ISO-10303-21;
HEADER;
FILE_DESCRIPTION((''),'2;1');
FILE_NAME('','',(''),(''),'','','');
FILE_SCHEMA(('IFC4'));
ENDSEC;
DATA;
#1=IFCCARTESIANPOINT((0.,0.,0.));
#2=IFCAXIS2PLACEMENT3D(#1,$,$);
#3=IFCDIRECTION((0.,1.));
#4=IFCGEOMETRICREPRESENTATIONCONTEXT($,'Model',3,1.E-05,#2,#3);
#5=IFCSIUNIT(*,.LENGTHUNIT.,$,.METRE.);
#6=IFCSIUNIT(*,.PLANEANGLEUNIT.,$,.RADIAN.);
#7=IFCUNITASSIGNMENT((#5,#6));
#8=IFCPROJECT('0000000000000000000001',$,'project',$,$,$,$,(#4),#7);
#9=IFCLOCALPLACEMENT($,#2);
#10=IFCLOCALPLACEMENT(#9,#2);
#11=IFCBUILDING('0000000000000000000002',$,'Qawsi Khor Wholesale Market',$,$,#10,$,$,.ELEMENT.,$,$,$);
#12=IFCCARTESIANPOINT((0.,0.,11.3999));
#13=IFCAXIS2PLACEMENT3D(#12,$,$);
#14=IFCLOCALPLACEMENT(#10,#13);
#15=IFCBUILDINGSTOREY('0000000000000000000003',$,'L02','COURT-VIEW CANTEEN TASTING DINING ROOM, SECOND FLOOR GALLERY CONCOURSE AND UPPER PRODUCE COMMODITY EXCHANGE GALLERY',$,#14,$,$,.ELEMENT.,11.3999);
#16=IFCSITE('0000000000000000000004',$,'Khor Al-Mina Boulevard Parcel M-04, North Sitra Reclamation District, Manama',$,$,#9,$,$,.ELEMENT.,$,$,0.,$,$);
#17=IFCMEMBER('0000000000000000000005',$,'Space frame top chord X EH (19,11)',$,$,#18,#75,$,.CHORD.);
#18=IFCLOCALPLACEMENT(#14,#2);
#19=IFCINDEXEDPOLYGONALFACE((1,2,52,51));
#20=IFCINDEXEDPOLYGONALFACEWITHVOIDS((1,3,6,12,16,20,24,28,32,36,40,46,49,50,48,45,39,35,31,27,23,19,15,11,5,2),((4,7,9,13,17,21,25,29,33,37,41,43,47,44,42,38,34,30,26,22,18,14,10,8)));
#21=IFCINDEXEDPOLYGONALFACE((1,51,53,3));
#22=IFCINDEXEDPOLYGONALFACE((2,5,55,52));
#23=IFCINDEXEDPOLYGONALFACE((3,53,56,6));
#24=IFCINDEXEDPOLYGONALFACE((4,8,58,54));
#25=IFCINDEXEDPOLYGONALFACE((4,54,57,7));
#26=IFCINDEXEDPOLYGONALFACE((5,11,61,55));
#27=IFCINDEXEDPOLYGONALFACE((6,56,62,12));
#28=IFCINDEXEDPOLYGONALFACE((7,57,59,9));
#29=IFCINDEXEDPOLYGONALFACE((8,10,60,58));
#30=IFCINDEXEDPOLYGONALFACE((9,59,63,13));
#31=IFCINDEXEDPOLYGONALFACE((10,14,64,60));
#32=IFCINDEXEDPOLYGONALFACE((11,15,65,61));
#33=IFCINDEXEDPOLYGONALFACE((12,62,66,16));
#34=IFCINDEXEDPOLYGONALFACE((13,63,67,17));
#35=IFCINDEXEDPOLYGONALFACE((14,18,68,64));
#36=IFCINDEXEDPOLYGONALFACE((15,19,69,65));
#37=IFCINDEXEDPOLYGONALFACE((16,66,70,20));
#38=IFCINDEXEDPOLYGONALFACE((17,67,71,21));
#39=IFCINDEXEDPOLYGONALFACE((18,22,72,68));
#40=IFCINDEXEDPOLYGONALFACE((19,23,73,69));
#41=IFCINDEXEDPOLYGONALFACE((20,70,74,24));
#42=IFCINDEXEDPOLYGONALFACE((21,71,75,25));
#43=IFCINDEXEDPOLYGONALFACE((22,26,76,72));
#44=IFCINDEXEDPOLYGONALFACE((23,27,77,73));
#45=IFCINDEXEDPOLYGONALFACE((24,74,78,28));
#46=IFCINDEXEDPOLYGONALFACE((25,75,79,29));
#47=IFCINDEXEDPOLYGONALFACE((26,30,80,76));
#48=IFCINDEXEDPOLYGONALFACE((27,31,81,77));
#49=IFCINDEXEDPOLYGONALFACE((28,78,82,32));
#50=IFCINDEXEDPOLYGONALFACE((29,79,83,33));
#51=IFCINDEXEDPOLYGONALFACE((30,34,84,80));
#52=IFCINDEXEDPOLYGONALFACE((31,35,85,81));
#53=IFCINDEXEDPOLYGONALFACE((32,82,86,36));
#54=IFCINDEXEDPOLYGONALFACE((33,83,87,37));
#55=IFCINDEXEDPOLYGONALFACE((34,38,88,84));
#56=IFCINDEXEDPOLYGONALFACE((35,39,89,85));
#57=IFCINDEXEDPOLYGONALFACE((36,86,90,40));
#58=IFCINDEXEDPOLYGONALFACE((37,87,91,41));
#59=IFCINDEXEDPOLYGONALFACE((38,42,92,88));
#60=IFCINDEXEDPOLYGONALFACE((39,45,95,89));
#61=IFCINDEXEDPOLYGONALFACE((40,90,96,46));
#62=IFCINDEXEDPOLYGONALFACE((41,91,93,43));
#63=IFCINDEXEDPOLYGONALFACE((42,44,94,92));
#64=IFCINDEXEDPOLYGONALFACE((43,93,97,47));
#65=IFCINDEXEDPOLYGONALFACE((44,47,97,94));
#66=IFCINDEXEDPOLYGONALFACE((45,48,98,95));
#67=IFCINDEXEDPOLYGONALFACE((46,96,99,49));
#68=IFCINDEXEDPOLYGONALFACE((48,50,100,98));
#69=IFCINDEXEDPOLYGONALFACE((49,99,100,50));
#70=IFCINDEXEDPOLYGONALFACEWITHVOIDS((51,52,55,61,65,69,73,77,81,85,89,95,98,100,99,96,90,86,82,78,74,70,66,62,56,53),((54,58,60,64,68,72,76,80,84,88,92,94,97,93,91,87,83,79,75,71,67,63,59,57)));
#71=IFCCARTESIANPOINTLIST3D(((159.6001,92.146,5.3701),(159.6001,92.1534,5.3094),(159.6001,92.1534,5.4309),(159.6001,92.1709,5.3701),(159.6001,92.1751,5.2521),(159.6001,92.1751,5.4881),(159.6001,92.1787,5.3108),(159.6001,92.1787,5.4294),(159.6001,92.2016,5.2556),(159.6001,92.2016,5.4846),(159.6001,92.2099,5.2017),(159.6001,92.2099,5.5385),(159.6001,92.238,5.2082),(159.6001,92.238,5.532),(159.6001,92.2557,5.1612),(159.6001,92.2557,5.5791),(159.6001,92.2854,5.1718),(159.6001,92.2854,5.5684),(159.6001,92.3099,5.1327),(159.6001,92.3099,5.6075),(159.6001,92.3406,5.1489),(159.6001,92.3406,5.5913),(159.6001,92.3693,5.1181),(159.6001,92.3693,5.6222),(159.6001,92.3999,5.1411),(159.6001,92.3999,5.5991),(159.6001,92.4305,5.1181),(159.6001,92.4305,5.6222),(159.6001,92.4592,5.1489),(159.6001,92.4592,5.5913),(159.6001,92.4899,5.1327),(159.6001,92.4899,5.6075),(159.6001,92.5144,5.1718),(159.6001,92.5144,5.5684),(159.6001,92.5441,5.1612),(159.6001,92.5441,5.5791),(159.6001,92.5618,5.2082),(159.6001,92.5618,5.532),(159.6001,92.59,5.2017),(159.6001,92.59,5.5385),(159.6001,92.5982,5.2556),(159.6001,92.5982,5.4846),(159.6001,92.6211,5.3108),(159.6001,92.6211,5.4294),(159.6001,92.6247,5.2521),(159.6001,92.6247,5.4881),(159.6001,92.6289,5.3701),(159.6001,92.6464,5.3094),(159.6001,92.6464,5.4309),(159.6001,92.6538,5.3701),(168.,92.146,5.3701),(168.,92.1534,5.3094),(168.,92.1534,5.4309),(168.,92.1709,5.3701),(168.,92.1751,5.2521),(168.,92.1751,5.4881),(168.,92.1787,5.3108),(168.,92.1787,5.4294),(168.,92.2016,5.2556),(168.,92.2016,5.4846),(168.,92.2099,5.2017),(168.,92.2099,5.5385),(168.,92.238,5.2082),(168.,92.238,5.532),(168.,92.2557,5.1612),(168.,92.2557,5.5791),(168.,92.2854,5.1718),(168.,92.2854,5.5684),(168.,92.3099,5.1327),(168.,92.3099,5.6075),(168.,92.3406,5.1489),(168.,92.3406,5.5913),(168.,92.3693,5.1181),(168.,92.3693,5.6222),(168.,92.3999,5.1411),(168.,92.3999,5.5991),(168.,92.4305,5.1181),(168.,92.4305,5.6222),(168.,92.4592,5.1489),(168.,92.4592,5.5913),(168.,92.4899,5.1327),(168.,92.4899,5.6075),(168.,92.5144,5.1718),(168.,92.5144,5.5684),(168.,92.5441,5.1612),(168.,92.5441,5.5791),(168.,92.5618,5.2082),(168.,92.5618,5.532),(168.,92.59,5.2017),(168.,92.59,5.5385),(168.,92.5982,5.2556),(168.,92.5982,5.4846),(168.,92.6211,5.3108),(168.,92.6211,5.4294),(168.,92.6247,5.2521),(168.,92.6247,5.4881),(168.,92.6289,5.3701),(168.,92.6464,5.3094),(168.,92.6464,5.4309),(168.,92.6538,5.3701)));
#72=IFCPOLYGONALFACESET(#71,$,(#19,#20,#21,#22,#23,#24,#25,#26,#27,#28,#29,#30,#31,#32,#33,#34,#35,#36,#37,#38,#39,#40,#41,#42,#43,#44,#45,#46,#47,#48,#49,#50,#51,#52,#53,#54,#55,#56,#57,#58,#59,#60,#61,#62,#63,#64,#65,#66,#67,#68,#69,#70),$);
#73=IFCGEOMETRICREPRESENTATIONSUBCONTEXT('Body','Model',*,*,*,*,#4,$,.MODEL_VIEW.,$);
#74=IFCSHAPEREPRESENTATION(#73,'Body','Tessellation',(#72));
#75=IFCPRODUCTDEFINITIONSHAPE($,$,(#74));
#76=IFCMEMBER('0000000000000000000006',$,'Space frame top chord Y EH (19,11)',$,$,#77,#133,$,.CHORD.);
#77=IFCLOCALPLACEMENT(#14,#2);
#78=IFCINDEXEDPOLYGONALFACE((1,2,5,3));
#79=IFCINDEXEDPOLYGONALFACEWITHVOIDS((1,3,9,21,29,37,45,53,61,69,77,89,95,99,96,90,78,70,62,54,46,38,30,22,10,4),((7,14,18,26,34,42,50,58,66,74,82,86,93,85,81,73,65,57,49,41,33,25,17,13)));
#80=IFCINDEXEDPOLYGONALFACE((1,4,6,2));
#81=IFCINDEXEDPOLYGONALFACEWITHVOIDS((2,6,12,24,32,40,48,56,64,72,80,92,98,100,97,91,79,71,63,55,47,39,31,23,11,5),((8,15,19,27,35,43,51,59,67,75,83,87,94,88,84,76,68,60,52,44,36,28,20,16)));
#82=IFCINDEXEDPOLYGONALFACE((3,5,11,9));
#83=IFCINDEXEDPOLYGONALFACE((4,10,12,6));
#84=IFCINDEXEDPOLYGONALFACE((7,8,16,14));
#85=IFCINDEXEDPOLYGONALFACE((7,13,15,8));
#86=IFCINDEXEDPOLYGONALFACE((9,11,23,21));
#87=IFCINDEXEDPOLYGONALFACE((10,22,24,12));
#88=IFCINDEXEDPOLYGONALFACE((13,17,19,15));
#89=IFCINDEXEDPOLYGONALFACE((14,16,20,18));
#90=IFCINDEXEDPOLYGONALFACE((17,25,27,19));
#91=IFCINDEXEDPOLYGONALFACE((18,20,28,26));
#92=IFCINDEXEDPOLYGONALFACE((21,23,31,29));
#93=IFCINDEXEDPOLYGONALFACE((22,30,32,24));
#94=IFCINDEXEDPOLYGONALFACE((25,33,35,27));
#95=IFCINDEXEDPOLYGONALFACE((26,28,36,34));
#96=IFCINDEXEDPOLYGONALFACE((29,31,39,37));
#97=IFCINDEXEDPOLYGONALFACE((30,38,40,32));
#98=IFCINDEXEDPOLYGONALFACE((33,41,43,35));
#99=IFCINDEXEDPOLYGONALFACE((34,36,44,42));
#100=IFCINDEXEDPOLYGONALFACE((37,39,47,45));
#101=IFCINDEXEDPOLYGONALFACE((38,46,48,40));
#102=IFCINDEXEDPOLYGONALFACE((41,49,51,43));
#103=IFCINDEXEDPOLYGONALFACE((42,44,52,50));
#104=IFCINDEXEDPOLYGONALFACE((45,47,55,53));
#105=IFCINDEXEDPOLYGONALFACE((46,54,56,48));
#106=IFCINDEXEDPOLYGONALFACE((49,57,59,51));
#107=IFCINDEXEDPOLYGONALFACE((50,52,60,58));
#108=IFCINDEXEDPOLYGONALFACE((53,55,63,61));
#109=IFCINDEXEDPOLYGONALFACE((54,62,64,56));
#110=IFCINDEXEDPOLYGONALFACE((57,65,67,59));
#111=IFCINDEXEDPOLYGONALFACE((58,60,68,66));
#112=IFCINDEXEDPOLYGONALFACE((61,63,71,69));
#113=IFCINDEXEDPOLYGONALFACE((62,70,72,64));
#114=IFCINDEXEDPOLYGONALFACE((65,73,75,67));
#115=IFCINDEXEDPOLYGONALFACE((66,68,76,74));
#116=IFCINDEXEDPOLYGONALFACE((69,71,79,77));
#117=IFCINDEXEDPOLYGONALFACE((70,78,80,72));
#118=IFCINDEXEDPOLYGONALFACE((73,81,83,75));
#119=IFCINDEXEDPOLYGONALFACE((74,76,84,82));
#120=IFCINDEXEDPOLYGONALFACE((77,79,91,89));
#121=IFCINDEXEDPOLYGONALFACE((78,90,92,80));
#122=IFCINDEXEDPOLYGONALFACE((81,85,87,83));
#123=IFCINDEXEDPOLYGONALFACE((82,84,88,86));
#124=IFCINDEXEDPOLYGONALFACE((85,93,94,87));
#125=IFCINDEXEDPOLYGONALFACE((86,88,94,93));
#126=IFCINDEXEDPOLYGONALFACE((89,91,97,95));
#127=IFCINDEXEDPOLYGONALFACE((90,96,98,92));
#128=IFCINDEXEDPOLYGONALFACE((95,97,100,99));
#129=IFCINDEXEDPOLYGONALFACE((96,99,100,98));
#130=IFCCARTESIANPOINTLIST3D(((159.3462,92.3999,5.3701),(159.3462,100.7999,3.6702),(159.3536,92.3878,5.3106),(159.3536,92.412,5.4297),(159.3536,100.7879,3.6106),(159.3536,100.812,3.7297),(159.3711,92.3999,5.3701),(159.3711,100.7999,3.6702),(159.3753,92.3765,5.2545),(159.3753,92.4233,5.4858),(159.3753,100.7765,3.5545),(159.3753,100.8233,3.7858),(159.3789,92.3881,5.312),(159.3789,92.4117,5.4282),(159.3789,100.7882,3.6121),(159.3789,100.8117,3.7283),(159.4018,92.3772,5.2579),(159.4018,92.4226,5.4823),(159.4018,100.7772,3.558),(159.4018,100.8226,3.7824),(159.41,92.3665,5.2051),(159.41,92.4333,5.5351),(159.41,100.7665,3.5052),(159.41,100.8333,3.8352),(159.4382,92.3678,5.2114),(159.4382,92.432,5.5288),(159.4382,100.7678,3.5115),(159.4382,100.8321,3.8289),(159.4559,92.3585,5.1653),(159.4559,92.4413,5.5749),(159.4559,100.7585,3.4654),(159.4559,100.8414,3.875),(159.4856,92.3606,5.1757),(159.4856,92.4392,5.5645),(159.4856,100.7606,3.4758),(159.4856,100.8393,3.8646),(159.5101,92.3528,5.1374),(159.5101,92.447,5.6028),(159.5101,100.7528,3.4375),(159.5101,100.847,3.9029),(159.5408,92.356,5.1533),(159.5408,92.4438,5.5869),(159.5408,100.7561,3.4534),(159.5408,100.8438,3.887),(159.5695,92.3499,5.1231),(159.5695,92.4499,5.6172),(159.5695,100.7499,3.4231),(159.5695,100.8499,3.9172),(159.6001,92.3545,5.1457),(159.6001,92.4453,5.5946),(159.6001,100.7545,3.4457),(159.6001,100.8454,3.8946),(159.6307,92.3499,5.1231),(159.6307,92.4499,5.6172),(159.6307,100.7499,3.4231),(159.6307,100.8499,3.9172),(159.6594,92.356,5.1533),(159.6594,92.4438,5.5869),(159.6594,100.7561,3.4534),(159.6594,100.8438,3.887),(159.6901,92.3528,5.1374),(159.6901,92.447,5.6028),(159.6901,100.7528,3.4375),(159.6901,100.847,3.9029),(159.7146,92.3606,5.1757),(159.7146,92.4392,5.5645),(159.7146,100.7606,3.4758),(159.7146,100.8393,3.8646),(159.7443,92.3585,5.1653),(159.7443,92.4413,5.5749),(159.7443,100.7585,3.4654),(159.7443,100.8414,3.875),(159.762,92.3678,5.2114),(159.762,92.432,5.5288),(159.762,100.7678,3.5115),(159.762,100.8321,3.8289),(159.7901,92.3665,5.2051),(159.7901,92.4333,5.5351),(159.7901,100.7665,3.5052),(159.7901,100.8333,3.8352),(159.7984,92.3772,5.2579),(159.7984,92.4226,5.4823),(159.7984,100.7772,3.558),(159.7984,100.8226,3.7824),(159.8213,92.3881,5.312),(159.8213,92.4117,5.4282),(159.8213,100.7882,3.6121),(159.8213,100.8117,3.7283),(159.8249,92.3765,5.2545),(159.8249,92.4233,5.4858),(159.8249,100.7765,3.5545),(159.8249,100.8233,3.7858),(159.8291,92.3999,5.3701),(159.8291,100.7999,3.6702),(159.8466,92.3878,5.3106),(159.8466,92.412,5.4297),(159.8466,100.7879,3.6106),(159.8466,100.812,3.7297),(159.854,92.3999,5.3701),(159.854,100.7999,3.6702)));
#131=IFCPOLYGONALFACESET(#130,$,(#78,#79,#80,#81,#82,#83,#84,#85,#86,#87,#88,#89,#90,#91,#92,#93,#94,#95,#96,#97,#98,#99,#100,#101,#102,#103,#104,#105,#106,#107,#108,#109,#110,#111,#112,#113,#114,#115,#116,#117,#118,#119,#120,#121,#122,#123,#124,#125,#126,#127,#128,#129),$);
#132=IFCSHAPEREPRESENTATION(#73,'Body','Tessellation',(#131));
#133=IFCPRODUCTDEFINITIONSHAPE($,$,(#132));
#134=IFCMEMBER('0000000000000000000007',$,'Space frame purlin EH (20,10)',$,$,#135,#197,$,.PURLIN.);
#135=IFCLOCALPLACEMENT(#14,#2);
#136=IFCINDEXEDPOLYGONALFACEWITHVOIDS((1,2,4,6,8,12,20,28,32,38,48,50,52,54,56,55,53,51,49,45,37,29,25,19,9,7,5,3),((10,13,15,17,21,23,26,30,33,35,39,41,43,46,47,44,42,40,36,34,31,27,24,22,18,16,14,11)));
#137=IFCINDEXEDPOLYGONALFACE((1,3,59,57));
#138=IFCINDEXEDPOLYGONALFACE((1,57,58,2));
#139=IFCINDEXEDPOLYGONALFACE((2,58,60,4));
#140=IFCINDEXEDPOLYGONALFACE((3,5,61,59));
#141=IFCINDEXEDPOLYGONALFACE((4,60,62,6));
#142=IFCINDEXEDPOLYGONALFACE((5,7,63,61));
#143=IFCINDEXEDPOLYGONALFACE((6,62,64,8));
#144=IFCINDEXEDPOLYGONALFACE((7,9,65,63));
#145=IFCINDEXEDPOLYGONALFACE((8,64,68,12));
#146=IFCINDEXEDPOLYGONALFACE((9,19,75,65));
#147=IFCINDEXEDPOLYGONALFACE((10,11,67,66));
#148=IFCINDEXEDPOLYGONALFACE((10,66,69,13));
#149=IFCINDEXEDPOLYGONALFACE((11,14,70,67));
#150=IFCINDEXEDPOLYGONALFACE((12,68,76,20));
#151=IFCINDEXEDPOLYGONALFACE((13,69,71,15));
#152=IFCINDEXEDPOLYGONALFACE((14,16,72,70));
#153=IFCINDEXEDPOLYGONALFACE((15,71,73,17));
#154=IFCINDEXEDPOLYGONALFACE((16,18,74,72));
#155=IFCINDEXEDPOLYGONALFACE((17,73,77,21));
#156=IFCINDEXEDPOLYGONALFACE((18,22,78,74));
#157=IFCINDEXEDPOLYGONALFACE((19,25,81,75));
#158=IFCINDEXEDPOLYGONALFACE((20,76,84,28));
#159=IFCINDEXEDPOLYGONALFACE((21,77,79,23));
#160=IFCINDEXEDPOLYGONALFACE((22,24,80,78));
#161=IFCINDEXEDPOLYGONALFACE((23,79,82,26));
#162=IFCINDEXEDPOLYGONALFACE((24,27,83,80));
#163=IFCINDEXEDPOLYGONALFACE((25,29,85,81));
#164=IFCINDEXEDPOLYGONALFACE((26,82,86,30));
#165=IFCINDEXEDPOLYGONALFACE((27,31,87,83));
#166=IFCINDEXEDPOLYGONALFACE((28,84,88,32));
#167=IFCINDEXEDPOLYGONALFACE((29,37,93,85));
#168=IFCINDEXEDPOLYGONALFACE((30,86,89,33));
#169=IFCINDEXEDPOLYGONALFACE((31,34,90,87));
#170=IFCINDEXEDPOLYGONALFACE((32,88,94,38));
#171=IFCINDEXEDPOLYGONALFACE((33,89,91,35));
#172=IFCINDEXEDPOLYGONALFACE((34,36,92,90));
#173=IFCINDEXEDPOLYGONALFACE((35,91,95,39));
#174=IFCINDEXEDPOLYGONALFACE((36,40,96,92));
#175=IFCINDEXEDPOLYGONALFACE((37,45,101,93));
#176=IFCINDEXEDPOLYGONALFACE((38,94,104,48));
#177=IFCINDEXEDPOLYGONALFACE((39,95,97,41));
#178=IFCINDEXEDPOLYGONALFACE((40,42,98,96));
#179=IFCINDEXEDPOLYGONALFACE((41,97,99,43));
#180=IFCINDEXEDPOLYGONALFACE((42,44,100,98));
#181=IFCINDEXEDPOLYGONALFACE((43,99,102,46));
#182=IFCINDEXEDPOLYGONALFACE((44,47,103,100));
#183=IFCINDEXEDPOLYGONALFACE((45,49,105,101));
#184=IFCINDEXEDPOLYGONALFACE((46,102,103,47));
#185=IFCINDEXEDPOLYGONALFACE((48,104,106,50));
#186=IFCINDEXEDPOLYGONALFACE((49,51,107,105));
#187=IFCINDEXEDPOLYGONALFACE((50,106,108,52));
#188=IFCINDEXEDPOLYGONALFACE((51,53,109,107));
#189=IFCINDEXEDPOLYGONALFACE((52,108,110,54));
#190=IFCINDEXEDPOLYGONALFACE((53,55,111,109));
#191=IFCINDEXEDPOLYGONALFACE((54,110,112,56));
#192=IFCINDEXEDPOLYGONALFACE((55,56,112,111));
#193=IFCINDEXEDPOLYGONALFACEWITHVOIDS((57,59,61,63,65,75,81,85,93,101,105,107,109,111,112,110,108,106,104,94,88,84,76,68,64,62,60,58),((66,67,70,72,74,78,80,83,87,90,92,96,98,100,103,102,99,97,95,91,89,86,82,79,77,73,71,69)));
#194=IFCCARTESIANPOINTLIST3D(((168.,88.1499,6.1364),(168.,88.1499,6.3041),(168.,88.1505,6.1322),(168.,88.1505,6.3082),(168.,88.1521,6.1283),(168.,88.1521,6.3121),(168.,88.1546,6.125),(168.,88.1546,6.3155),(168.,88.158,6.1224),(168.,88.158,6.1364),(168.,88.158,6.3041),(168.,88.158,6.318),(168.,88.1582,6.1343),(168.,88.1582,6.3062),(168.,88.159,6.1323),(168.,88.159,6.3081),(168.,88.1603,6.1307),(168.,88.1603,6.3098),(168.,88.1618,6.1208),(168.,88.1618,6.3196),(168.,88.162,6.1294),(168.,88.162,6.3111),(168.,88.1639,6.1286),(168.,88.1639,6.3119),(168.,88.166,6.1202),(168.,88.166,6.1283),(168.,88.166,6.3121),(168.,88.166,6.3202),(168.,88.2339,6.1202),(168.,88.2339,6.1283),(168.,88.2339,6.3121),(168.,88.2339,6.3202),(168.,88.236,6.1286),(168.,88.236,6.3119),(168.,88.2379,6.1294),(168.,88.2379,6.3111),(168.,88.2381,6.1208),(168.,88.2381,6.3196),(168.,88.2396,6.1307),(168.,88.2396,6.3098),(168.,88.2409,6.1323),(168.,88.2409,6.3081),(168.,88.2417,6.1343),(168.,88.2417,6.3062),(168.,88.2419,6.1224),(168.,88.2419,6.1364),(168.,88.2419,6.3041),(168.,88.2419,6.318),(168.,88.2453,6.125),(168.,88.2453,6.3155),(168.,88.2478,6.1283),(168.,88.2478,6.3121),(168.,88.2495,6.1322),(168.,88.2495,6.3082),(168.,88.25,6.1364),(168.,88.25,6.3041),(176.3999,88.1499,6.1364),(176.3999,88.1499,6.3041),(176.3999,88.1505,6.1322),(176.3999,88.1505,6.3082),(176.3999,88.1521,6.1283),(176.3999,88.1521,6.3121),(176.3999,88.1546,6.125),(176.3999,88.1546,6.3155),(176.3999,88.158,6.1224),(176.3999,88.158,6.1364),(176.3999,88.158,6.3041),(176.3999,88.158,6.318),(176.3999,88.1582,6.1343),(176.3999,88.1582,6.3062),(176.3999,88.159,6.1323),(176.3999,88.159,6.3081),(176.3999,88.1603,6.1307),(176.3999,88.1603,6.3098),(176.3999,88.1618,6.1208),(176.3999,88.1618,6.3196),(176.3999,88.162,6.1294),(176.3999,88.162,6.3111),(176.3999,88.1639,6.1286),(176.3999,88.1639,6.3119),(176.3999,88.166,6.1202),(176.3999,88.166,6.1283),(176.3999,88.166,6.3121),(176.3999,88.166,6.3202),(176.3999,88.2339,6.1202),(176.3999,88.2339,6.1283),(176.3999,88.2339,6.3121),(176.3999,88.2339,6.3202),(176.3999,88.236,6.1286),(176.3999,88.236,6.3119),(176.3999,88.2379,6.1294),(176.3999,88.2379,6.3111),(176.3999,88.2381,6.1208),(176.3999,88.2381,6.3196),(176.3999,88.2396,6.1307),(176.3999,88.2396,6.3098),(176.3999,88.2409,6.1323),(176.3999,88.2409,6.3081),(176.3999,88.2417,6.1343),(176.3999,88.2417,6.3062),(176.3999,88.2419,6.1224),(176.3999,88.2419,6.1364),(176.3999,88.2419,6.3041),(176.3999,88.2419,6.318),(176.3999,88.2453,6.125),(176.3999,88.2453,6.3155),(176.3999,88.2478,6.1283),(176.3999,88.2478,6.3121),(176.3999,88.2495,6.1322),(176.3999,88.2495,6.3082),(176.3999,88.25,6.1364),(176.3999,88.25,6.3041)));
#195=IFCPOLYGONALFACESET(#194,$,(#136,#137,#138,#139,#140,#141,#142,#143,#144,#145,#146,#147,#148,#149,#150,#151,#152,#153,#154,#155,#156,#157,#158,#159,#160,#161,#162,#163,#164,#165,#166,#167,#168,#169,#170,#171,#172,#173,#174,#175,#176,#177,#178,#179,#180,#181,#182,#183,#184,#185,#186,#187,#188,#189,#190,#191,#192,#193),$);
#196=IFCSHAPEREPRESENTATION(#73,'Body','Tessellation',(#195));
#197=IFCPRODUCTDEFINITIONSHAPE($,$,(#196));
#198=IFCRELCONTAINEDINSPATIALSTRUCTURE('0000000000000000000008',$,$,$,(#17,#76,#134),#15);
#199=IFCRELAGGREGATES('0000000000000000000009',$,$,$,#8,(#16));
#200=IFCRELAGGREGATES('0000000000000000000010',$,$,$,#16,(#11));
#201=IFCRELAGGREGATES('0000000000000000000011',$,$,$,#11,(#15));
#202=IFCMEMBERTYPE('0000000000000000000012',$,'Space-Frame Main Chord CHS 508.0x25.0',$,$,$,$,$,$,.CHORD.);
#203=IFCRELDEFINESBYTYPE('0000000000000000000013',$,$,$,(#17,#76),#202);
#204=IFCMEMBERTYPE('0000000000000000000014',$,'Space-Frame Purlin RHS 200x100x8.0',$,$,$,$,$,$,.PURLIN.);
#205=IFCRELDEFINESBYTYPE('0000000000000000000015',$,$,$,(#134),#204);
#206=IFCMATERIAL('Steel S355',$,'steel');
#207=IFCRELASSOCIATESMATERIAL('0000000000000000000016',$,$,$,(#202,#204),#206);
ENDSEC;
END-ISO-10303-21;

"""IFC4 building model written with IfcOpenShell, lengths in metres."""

from ifc_helpers import new_model, si_unit, direction, frame, origin, origin_2d, place, context, subcontext, project, spatial, hollow_rectangle, hollow_circle, extrude, material, material_profile, profile_set, type_object, element, save


model = new_model("IFC4")

# Units and contexts
model_context = context("Model", 3, precision=1e-05, world=origin(), true_north=direction((0.0, 1.0)))
body_context = subcontext(model_context, "Body", "Model", "MODEL_VIEW")
ifc_project = project(units=[si_unit("LENGTHUNIT", "METRE"), si_unit("PLANEANGLEUNIT", "RADIAN")], contexts=[model_context])

# Site, building, storey
site_placement = place(None, origin())
site = spatial("IfcSite", under=ifc_project, at=site_placement, Name="Khor Al-Mina Boulevard Parcel M-04, North Sitra Reclamation District, Manama", CompositionType="ELEMENT", RefElevation=0.0)
building_placement = place(site_placement, origin())
building = spatial("IfcBuilding", under=site, at=building_placement, Name="Qawsi Khor Wholesale Market", CompositionType="ELEMENT")
storey_placement = place(building_placement, frame((0.0, 0.0, 11.3999)))
storey = spatial("IfcBuildingStorey", under=building, at=storey_placement, Name="L02", Description="COURT-VIEW CANTEEN TASTING DINING ROOM, SECOND FLOOR GALLERY CONCOURSE AND UPPER PRODUCE COMMODITY EXCHANGE GALLERY", CompositionType="ELEMENT", Elevation=11.3999)

# Members
ifc_material_1 = material(Name="Steel S355", Category="steel")
ifc_material_profile_1 = material_profile(ifc_material_1, hollow_circle(Radius=0.2539, WallThickness=0.0249, at=origin_2d()), Name="CHS 508.0x25.0")
ifc_profile_set_1 = profile_set([ifc_material_profile_1], Name="Steel S355")
member_type_1 = type_object("IfcMemberType", Name="Space-Frame Main Chord CHS 508.0x25.0", PredefinedType="CHORD", material=ifc_profile_set_1)
member_1_placement = place(storey_placement, frame((159.6001, 92.3999, 5.3701), z_axis=(1.0, 0.0, 0.0), x_axis=(0.0, 1.0, 0.0)))
element("IfcMember", 1, at=member_1_placement, inside=storey, type_object=member_type_1, Name="Space frame top chord X EH (19,11)", PredefinedType="CHORD", context=body_context, shape_type="SweptSolid", body=[
    extrude(hollow_circle(Radius=0.2539, WallThickness=0.0249, at=origin_2d()), origin(), (0.0, 0.0, 1.0), 8.3999),
])
member_2_placement = place(storey_placement, frame((159.6001, 92.3999, 5.3701), z_axis=(0.0, 0.980131, -0.198351), x_axis=(-1.0, 0.0, 0.0)))
element("IfcMember", 2, at=member_2_placement, inside=storey, type_object=member_type_1, Name="Space frame top chord Y EH (19,11)", PredefinedType="CHORD", context=body_context, shape_type="SweptSolid", body=[
    extrude(hollow_circle(Radius=0.2539, WallThickness=0.0249, at=origin_2d()), origin(), (0.0, 0.0, 1.0), 8.5703),
])
ifc_material_profile_2 = material_profile(ifc_material_1, hollow_rectangle(XDim=0.1001, YDim=0.2, WallThickness=0.0081, InnerFilletRadius=0.0081, OuterFilletRadius=0.0161, at=origin_2d()), Name="RHS 200x100x8.0")
ifc_profile_set_2 = profile_set([ifc_material_profile_2], Name="Steel S355")
member_type_2 = type_object("IfcMemberType", Name="Space-Frame Purlin RHS 200x100x8.0", PredefinedType="PURLIN", material=ifc_profile_set_2)
member_3_placement = place(storey_placement, frame((168.0, 88.2, 6.2202), z_axis=(1.0, 0.0, 0.0), x_axis=(0.0, 1.0, 0.0)))
element("IfcMember", 3, at=member_3_placement, inside=storey, type_object=member_type_2, Name="Space frame purlin EH (20,10)", PredefinedType="PURLIN", context=body_context, shape_type="SweptSolid", body=[
    extrude(hollow_rectangle(XDim=0.1001, YDim=0.2, WallThickness=0.0081, InnerFilletRadius=0.0081, OuterFilletRadius=0.0161, at=origin_2d()), origin(), (0.0, 0.0, 1.0), 8.3999),
])

save(model, "model.ifc")
